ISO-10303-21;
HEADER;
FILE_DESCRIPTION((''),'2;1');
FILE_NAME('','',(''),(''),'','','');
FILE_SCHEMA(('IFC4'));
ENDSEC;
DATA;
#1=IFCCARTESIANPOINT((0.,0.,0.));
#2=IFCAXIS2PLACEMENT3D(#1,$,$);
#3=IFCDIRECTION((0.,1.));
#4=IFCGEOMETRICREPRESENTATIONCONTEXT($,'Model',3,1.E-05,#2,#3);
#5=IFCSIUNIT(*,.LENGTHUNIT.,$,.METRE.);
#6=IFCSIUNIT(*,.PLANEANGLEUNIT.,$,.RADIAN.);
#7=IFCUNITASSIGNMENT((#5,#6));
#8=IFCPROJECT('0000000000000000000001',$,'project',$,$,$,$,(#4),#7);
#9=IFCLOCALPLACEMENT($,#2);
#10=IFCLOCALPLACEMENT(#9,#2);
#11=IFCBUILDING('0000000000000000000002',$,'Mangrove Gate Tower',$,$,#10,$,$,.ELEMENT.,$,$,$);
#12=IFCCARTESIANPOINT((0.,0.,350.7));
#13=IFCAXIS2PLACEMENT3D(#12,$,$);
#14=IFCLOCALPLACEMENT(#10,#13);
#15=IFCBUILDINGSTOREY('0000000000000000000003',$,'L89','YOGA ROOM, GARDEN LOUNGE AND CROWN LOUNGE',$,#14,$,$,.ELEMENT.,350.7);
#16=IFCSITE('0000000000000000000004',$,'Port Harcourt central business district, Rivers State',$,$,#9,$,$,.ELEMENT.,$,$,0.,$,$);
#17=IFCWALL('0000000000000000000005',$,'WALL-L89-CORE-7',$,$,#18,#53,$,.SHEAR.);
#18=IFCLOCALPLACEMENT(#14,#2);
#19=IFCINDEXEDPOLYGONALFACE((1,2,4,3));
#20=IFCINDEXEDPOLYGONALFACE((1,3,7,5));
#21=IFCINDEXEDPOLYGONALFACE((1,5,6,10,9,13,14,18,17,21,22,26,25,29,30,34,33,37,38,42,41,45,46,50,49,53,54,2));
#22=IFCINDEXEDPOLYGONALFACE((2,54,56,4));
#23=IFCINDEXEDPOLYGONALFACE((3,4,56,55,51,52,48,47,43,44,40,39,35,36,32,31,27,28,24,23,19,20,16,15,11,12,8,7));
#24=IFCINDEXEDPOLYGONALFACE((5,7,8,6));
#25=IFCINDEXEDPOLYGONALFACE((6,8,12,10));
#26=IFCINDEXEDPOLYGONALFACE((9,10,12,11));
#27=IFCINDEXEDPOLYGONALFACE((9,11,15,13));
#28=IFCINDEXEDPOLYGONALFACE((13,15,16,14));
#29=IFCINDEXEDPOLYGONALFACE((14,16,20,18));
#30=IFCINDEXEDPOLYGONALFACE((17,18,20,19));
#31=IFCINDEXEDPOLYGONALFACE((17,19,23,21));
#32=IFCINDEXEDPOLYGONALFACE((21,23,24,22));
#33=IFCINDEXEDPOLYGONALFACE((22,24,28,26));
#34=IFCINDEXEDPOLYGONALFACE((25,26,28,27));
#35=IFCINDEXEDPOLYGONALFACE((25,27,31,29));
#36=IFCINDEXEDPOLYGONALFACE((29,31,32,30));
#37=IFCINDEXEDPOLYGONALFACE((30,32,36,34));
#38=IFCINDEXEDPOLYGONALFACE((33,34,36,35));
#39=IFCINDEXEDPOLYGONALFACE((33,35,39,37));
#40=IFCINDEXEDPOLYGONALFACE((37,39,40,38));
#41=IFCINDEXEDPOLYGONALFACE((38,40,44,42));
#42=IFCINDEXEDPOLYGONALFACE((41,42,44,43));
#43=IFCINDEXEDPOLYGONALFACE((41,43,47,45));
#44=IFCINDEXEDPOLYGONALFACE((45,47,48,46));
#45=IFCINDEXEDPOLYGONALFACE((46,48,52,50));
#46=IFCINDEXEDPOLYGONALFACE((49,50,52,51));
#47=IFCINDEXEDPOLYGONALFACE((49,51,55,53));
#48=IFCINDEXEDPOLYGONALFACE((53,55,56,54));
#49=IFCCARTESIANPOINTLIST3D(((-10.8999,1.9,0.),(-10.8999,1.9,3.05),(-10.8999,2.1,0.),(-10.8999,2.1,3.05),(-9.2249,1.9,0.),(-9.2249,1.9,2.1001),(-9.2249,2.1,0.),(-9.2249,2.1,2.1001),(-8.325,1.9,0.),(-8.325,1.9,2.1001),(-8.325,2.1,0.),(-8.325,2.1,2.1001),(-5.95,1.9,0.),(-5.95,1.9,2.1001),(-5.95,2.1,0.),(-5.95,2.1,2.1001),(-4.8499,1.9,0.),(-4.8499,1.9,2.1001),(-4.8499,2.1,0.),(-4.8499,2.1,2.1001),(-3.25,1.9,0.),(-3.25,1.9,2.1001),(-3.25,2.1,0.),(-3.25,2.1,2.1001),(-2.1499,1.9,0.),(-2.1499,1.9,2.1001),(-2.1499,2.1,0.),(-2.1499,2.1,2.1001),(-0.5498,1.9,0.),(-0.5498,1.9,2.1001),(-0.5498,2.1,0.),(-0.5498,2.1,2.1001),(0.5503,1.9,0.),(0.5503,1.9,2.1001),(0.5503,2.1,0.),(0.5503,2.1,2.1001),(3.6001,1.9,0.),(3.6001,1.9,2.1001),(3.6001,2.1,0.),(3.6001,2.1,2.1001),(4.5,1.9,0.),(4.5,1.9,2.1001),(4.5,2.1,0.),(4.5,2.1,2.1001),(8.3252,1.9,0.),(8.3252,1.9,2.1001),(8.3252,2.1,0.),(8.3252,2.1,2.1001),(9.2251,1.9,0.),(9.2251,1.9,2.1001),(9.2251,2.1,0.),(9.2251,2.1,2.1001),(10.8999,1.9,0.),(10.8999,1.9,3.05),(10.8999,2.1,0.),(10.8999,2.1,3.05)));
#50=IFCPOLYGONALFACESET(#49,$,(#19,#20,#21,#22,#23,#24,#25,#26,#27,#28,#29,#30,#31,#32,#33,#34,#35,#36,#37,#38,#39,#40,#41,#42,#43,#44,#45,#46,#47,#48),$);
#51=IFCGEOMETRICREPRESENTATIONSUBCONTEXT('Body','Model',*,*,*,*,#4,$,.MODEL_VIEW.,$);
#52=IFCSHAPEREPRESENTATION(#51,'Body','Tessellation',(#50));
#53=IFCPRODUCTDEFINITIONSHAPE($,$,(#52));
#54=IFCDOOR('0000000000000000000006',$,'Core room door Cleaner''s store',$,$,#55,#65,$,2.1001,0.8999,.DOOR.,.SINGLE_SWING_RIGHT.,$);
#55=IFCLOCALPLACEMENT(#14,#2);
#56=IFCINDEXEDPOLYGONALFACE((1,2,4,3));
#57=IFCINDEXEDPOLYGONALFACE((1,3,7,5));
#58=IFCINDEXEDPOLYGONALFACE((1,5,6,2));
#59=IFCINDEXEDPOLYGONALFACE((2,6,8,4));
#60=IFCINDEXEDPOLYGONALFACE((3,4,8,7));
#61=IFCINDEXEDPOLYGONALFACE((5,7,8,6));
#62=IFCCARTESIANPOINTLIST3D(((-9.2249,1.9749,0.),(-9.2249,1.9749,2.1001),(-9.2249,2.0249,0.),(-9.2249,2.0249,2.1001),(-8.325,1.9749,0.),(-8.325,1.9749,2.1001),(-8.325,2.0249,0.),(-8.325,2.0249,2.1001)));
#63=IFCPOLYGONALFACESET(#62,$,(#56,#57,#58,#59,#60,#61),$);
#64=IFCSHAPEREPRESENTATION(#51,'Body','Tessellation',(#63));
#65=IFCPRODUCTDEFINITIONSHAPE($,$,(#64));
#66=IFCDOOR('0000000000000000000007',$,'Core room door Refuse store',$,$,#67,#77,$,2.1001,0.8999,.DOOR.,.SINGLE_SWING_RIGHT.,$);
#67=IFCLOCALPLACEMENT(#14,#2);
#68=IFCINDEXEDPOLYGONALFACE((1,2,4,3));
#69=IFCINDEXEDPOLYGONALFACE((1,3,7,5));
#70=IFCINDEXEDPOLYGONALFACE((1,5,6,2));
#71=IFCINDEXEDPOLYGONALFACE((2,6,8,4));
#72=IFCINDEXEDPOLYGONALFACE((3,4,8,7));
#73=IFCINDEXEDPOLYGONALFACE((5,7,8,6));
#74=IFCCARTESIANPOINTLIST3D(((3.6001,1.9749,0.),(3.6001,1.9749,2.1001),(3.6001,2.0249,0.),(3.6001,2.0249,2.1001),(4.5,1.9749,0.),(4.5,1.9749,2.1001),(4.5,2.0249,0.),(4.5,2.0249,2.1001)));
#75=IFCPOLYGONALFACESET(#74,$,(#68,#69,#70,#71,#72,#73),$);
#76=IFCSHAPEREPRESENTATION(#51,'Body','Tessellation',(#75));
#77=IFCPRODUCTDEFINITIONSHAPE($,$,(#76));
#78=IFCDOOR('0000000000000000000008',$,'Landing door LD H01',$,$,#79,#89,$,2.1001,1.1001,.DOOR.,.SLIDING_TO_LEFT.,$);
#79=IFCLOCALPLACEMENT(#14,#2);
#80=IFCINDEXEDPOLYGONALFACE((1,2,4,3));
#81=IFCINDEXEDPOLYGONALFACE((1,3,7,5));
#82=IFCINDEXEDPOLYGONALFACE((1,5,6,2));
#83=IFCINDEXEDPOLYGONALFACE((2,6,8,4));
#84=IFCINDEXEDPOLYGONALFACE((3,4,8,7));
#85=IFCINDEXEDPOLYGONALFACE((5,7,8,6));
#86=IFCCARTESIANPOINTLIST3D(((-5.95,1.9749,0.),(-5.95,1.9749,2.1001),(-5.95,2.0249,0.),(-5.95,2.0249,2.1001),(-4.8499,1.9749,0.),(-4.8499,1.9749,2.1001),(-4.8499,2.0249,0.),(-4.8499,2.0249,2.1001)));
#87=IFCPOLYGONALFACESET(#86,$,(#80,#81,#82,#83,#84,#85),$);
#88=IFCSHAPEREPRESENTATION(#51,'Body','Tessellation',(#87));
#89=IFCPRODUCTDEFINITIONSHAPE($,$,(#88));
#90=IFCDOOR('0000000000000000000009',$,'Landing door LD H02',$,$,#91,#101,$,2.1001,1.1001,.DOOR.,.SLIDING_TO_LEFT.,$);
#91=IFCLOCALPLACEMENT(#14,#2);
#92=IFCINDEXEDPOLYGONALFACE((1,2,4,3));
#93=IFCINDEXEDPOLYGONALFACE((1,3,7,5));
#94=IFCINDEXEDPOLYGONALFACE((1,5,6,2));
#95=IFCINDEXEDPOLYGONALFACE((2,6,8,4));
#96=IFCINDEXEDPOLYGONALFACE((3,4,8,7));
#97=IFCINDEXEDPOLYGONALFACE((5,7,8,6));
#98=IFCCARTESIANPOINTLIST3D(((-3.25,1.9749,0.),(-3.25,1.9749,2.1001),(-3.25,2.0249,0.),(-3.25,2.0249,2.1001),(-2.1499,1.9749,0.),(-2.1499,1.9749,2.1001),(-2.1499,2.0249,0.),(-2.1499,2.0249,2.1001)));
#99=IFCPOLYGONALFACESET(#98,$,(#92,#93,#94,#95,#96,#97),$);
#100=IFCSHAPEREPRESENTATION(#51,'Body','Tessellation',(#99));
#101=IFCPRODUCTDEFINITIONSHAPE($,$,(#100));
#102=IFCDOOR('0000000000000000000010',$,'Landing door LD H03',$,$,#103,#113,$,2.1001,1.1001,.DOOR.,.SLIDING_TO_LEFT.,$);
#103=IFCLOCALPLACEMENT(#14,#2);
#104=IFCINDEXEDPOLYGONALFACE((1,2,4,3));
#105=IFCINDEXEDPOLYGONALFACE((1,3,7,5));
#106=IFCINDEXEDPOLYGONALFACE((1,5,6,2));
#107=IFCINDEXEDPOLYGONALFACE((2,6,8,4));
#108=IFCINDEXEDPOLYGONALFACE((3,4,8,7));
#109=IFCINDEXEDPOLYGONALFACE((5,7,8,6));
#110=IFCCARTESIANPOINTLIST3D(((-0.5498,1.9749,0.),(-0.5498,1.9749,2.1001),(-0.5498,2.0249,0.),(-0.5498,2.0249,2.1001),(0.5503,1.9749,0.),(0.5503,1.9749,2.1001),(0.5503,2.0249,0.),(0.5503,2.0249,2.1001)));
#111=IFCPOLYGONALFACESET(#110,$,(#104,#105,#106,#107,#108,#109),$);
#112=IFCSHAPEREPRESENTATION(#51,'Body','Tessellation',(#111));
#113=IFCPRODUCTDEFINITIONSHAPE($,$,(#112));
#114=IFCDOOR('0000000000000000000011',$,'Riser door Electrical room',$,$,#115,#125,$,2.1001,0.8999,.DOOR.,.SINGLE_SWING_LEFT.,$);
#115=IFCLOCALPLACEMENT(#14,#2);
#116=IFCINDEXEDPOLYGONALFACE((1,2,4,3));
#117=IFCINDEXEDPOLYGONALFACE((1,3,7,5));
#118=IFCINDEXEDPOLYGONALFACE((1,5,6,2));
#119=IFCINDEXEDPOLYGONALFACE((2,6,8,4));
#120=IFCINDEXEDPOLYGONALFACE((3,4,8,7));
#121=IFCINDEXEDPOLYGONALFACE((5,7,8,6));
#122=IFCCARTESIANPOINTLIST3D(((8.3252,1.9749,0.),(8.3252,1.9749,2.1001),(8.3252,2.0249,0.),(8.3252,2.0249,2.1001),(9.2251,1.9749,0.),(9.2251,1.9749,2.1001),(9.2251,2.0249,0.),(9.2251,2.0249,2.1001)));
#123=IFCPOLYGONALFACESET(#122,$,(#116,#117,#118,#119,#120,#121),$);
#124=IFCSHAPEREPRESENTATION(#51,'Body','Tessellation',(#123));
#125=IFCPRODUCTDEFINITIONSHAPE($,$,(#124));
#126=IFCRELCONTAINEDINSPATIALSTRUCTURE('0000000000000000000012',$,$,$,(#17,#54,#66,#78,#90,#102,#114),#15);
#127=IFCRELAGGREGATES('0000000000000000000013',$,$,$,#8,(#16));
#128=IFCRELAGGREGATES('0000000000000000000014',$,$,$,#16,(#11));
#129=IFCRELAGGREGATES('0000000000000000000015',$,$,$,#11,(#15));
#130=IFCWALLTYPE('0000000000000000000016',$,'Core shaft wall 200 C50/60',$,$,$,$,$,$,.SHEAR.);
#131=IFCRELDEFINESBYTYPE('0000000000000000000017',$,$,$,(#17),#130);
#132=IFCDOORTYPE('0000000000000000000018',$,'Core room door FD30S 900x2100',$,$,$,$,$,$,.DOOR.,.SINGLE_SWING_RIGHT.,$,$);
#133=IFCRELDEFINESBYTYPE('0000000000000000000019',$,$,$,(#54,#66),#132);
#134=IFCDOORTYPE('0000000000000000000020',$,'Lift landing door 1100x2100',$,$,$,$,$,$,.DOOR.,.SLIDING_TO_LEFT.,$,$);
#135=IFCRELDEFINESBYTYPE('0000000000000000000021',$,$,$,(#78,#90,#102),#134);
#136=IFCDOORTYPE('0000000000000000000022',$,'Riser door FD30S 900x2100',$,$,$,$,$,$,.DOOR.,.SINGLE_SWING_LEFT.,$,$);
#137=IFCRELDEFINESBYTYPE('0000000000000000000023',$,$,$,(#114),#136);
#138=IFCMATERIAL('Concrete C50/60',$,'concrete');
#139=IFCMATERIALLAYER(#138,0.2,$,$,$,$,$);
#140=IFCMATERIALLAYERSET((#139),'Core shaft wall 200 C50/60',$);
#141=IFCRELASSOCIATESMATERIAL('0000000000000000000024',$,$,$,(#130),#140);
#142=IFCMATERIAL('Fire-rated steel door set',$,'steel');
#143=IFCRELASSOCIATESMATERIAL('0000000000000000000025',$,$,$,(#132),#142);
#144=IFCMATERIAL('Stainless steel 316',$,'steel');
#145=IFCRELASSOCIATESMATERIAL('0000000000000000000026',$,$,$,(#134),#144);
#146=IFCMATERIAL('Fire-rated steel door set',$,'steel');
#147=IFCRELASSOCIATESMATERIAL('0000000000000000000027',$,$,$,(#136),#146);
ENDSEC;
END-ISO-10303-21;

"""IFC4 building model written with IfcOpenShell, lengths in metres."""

from ifc_helpers import new_model, si_unit, direction, frame, frame_2d, origin, place, context, subcontext, project, spatial, rectangle, extrude, material, layer, layer_set, type_object, element, fill, save


model = new_model("IFC4")

# Units and contexts
model_context = context("Model", 3, precision=1e-05, world=origin(), true_north=direction((0.0, 1.0)))
body_context = subcontext(model_context, "Body", "Model", "MODEL_VIEW")
ifc_project = project(units=[si_unit("LENGTHUNIT", "METRE"), si_unit("PLANEANGLEUNIT", "RADIAN")], contexts=[model_context])

# Site, building, storey
site_placement = place(None, origin())
site = spatial("IfcSite", under=ifc_project, at=site_placement, Name="Port Harcourt central business district, Rivers State", CompositionType="ELEMENT", RefElevation=0.0)
building_placement = place(site_placement, origin())
building = spatial("IfcBuilding", under=site, at=building_placement, Name="Mangrove Gate Tower", CompositionType="ELEMENT")
storey_placement = place(building_placement, frame((0.0, 0.0, 350.7)))
storey = spatial("IfcBuildingStorey", under=building, at=storey_placement, Name="L89", Description="YOGA ROOM, GARDEN LOUNGE AND CROWN LOUNGE", CompositionType="ELEMENT", Elevation=350.7)

# Shared definitions
ifc_material_1 = material(Name="Concrete C50/60", Category="concrete")
ifc_layer_1 = layer(ifc_material_1, 0.2)
ifc_layer_set_1 = layer_set([ifc_layer_1], Name="Core shaft wall 200 C50/60")
wall_type_1 = type_object("IfcWallType", Name="Core shaft wall 200 C50/60", PredefinedType="SHEAR", material=ifc_layer_set_1)

# Wall, openings, doors
wall_1_placement = place(storey_placement, frame((-10.8999, 2.0, 0.0), z_axis=(0.0, 0.0, 1.0), x_axis=(1.0, 0.0, 0.0)))
wall_1 = element("IfcWall", 1, at=wall_1_placement, inside=storey, type_object=wall_type_1, Name="WALL-L89-CORE-7", PredefinedType="SHEAR", context=body_context, shape_type="SweptSolid", body=[
    extrude(rectangle(XDim=21.7998, YDim=0.2, at=frame_2d((10.8999, 0.0))), origin(), (0.0, 0.0, 1.0), 3.05),
])
opening_1_placement = place(wall_1_placement, frame((4.95, 0.0, 0.0)))
opening_1 = element("IfcOpeningElement", 2, at=opening_1_placement, cuts=wall_1, PredefinedType="OPENING", context=body_context, shape_type="SweptSolid", body=[
    extrude(rectangle(XDim=1.1001, YDim=2.1001, at=frame_2d((0.55, 1.05))), frame((0.0, 0.1099, 0.0), z_axis=(0.0, -1.0, 0.0), x_axis=(1.0, 0.0, 0.0)), (0.0, 0.0, 1.0), 0.22),
])
opening_2_placement = place(wall_1_placement, frame((7.6499, 0.0, 0.0)))
opening_2 = element("IfcOpeningElement", 3, at=opening_2_placement, cuts=wall_1, PredefinedType="OPENING", context=body_context, shape_type="SweptSolid", body=[
    extrude(rectangle(XDim=1.1001, YDim=2.1001, at=frame_2d((0.55, 1.05))), frame((0.0, 0.1099, 0.0), z_axis=(0.0, -1.0, 0.0), x_axis=(1.0, 0.0, 0.0)), (0.0, 0.0, 1.0), 0.22),
])
opening_3_placement = place(wall_1_placement, frame((10.3501, 0.0, 0.0)))
opening_3 = element("IfcOpeningElement", 4, at=opening_3_placement, cuts=wall_1, PredefinedType="OPENING", context=body_context, shape_type="SweptSolid", body=[
    extrude(rectangle(XDim=1.1001, YDim=2.1001, at=frame_2d((0.55, 1.05))), frame((0.0, 0.1099, 0.0), z_axis=(0.0, -1.0, 0.0), x_axis=(1.0, 0.0, 0.0)), (0.0, 0.0, 1.0), 0.22),
])
opening_4_placement = place(wall_1_placement, frame((1.675, 0.0, 0.0)))
opening_4 = element("IfcOpeningElement", 5, at=opening_4_placement, cuts=wall_1, PredefinedType="OPENING", context=body_context, shape_type="SweptSolid", body=[
    extrude(rectangle(XDim=0.8999, YDim=2.1001, at=frame_2d((0.45, 1.05))), frame((0.0, 0.1099, 0.0), z_axis=(0.0, -1.0, 0.0), x_axis=(1.0, 0.0, 0.0)), (0.0, 0.0, 1.0), 0.22),
])
opening_5_placement = place(wall_1_placement, frame((14.5, 0.0, 0.0)))
opening_5 = element("IfcOpeningElement", 6, at=opening_5_placement, cuts=wall_1, PredefinedType="OPENING", context=body_context, shape_type="SweptSolid", body=[
    extrude(rectangle(XDim=0.8999, YDim=2.1001, at=frame_2d((0.45, 1.05))), frame((0.0, 0.1099, 0.0), z_axis=(0.0, -1.0, 0.0), x_axis=(1.0, 0.0, 0.0)), (0.0, 0.0, 1.0), 0.22),
])
opening_6_placement = place(wall_1_placement, frame((19.2251, 0.0, 0.0)))
opening_6 = element("IfcOpeningElement", 7, at=opening_6_placement, cuts=wall_1, PredefinedType="OPENING", context=body_context, shape_type="SweptSolid", body=[
    extrude(rectangle(XDim=0.8999, YDim=2.1001, at=frame_2d((0.45, 1.05))), frame((0.0, 0.1099, 0.0), z_axis=(0.0, -1.0, 0.0), x_axis=(1.0, 0.0, 0.0)), (0.0, 0.0, 1.0), 0.22),
])
ifc_material_2 = material(Name="Fire-rated steel door set", Category="steel")
door_type_1 = type_object("IfcDoorType", Name="Core room door FD30S 900x2100", OperationType="SINGLE_SWING_RIGHT", PredefinedType="DOOR", material=ifc_material_2)
door_1_placement = place(opening_4_placement, origin())
door_1 = element("IfcDoor", 8, at=door_1_placement, inside=storey, type_object=door_type_1, Name="Core room door Cleaner's store", OperationType="SINGLE_SWING_RIGHT", OverallHeight=2.1001, OverallWidth=0.8999, PredefinedType="DOOR", context=body_context, shape_type="SweptSolid", body=[
    extrude(rectangle(XDim=0.8999, YDim=2.1001, at=frame_2d((0.45, 1.05))), frame((0.0, 0.0249, 0.0), z_axis=(0.0, -1.0, 0.0), x_axis=(1.0, 0.0, 0.0)), (0.0, 0.0, 1.0), 0.05),
])
fill(opening_4, door_1)
door_2_placement = place(opening_5_placement, origin())
door_2 = element("IfcDoor", 9, at=door_2_placement, inside=storey, type_object=door_type_1, Name="Core room door Refuse store", OperationType="SINGLE_SWING_RIGHT", OverallHeight=2.1001, OverallWidth=0.8999, PredefinedType="DOOR", context=body_context, shape_type="SweptSolid", body=[
    extrude(rectangle(XDim=0.8999, YDim=2.1001, at=frame_2d((0.45, 1.05))), frame((0.0, 0.0249, 0.0), z_axis=(0.0, -1.0, 0.0), x_axis=(1.0, 0.0, 0.0)), (0.0, 0.0, 1.0), 0.05),
])
fill(opening_5, door_2)
ifc_material_3 = material(Name="Stainless steel 316", Category="steel")
door_type_2 = type_object("IfcDoorType", Name="Lift landing door 1100x2100", OperationType="SLIDING_TO_LEFT", PredefinedType="DOOR", material=ifc_material_3)
door_3_placement = place(opening_1_placement, origin())
door_3 = element("IfcDoor", 10, at=door_3_placement, inside=storey, type_object=door_type_2, Name="Landing door LD H01", OperationType="SLIDING_TO_LEFT", OverallHeight=2.1001, OverallWidth=1.1001, PredefinedType="DOOR", context=body_context, shape_type="SweptSolid", body=[
    extrude(rectangle(XDim=1.1001, YDim=2.1001, at=frame_2d((0.55, 1.05))), frame((0.0, 0.0249, 0.0), z_axis=(0.0, -1.0, 0.0), x_axis=(1.0, 0.0, 0.0)), (0.0, 0.0, 1.0), 0.05),
])
fill(opening_1, door_3)
door_4_placement = place(opening_2_placement, origin())
door_4 = element("IfcDoor", 11, at=door_4_placement, inside=storey, type_object=door_type_2, Name="Landing door LD H02", OperationType="SLIDING_TO_LEFT", OverallHeight=2.1001, OverallWidth=1.1001, PredefinedType="DOOR", context=body_context, shape_type="SweptSolid", body=[
    extrude(rectangle(XDim=1.1001, YDim=2.1001, at=frame_2d((0.55, 1.05))), frame((0.0, 0.0249, 0.0), z_axis=(0.0, -1.0, 0.0), x_axis=(1.0, 0.0, 0.0)), (0.0, 0.0, 1.0), 0.05),
])
fill(opening_2, door_4)
door_5_placement = place(opening_3_placement, origin())
door_5 = element("IfcDoor", 12, at=door_5_placement, inside=storey, type_object=door_type_2, Name="Landing door LD H03", OperationType="SLIDING_TO_LEFT", OverallHeight=2.1001, OverallWidth=1.1001, PredefinedType="DOOR", context=body_context, shape_type="SweptSolid", body=[
    extrude(rectangle(XDim=1.1001, YDim=2.1001, at=frame_2d((0.55, 1.05))), frame((0.0, 0.0249, 0.0), z_axis=(0.0, -1.0, 0.0), x_axis=(1.0, 0.0, 0.0)), (0.0, 0.0, 1.0), 0.05),
])
fill(opening_3, door_5)
ifc_material_4 = material(Name="Fire-rated steel door set", Category="steel")
door_type_3 = type_object("IfcDoorType", Name="Riser door FD30S 900x2100", OperationType="SINGLE_SWING_LEFT", PredefinedType="DOOR", material=ifc_material_4)
door_6_placement = place(opening_6_placement, origin())
door_6 = element("IfcDoor", 13, at=door_6_placement, inside=storey, type_object=door_type_3, Name="Riser door Electrical room", OperationType="SINGLE_SWING_LEFT", OverallHeight=2.1001, OverallWidth=0.8999, PredefinedType="DOOR", context=body_context, shape_type="SweptSolid", body=[
    extrude(rectangle(XDim=0.8999, YDim=2.1001, at=frame_2d((0.45, 1.05))), frame((0.0, 0.0249, 0.0), z_axis=(0.0, -1.0, 0.0), x_axis=(1.0, 0.0, 0.0)), (0.0, 0.0, 1.0), 0.05),
])
fill(opening_6, door_6)

save(model, "model.ifc")
